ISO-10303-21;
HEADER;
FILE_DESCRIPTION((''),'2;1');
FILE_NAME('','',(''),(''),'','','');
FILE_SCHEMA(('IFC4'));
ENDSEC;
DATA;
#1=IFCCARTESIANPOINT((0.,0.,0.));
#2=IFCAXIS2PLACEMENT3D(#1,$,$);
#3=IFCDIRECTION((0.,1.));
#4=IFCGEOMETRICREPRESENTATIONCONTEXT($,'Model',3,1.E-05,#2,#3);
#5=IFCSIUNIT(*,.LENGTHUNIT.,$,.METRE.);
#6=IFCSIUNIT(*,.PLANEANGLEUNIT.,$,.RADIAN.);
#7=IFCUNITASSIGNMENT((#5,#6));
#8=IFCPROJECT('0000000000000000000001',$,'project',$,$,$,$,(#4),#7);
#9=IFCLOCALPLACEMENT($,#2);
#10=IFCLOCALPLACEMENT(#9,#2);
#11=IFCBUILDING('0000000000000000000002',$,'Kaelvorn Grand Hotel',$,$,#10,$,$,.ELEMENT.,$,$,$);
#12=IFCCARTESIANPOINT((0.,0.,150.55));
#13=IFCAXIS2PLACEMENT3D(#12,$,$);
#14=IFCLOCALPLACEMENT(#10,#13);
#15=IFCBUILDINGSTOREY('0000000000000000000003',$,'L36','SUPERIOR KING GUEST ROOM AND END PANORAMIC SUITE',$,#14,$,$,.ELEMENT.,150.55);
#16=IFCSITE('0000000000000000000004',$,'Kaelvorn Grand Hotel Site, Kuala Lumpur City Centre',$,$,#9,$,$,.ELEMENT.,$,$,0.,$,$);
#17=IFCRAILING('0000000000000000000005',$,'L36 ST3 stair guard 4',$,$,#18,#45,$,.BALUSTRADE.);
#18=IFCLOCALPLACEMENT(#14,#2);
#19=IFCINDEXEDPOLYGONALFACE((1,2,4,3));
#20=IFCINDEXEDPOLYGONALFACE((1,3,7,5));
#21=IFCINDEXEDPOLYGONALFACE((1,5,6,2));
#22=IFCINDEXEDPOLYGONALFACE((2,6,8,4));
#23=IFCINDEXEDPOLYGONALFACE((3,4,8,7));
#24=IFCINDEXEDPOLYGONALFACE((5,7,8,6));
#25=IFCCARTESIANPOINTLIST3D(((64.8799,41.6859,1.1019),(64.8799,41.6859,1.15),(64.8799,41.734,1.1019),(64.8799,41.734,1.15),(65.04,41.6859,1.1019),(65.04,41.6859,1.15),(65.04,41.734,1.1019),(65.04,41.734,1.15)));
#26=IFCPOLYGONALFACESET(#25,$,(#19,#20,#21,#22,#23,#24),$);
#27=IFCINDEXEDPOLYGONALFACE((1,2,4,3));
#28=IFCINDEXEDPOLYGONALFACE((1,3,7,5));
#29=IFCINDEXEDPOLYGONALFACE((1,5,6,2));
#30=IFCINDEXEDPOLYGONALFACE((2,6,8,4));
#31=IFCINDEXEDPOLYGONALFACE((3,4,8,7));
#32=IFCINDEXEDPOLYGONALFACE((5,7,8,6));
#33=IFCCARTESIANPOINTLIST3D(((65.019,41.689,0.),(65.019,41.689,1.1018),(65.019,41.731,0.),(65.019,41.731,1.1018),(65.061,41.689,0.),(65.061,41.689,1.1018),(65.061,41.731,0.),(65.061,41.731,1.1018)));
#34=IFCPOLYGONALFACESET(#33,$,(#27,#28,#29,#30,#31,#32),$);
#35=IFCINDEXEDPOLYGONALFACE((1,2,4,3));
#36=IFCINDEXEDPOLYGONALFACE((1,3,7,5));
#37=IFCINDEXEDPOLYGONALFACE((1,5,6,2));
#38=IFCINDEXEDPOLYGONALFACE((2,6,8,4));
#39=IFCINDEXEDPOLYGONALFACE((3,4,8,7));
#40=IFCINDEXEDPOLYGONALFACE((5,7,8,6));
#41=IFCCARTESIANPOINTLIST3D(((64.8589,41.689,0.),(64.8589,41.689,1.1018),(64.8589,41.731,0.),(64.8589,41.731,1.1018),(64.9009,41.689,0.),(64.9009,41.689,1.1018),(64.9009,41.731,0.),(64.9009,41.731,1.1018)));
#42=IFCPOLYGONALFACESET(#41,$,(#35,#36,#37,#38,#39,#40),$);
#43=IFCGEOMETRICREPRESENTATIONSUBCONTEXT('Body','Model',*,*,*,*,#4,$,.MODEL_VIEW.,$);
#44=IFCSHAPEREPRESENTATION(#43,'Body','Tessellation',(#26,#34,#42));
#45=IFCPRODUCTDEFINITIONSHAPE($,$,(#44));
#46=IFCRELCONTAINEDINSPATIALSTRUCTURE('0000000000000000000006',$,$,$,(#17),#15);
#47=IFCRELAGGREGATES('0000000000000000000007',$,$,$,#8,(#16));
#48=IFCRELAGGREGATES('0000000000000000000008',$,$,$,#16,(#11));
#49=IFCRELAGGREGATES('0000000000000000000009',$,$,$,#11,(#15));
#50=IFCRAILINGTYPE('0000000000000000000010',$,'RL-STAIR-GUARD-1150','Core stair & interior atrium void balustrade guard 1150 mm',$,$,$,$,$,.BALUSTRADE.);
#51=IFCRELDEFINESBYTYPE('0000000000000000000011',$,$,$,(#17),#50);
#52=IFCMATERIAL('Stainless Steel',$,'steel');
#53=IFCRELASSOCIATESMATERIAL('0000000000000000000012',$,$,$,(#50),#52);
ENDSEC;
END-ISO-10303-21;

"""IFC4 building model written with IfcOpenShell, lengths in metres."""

from ifc_helpers import new_model, si_unit, direction, frame, origin, origin_2d, place, context, subcontext, project, spatial, rectangle, extrude, material, type_object, element, save


model = new_model("IFC4")

# Units and contexts
model_context = context("Model", 3, precision=1e-05, world=origin(), true_north=direction((0.0, 1.0)))
body_context = subcontext(model_context, "Body", "Model", "MODEL_VIEW")
ifc_project = project(units=[si_unit("LENGTHUNIT", "METRE"), si_unit("PLANEANGLEUNIT", "RADIAN")], contexts=[model_context])

# Site, building, storey
site_placement = place(None, origin())
site = spatial("IfcSite", under=ifc_project, at=site_placement, Name="Kaelvorn Grand Hotel Site, Kuala Lumpur City Centre", CompositionType="ELEMENT", RefElevation=0.0)
building_placement = place(site_placement, origin())
building = spatial("IfcBuilding", under=site, at=building_placement, Name="Kaelvorn Grand Hotel", CompositionType="ELEMENT")
storey_placement = place(building_placement, frame((0.0, 0.0, 150.55)))
storey = spatial("IfcBuildingStorey", under=building, at=storey_placement, Name="L36", Description="SUPERIOR KING GUEST ROOM AND END PANORAMIC SUITE", CompositionType="ELEMENT", Elevation=150.55)

# Shared definitions
ifc_material_1 = material(Name="Stainless Steel", Category="steel")

# Railing
railing_type_1 = type_object("IfcRailingType", Name="RL-STAIR-GUARD-1150", Description="Core stair & interior atrium void balustrade guard 1150 mm", PredefinedType="BALUSTRADE", material=ifc_material_1)
railing_1_placement = place(storey_placement, frame((65.04, 41.71, 0.0)))
element("IfcRailing", 1, at=railing_1_placement, inside=storey, type_object=railing_type_1, Name="L36 ST3 stair guard 4", PredefinedType="BALUSTRADE", context=body_context, shape_type="SweptSolid", body=[
    extrude(rectangle(XDim=0.0481, YDim=0.0481, at=origin_2d()), frame((0.0, 0.0, 1.126), z_axis=(-1.0, 0.0, 0.0), x_axis=(0.0, -1.0, 0.0)), (0.0, 0.0, 1.0), 0.1602),
    extrude(rectangle(XDim=0.042, YDim=0.042, at=origin_2d()), origin(), (0.0, 0.0, 1.0), 1.1018),
    extrude(rectangle(XDim=0.042, YDim=0.042, at=origin_2d()), frame((-0.1602, 0.0, 0.0)), (0.0, 0.0, 1.0), 1.1018),
])

save(model, "model.ifc")
